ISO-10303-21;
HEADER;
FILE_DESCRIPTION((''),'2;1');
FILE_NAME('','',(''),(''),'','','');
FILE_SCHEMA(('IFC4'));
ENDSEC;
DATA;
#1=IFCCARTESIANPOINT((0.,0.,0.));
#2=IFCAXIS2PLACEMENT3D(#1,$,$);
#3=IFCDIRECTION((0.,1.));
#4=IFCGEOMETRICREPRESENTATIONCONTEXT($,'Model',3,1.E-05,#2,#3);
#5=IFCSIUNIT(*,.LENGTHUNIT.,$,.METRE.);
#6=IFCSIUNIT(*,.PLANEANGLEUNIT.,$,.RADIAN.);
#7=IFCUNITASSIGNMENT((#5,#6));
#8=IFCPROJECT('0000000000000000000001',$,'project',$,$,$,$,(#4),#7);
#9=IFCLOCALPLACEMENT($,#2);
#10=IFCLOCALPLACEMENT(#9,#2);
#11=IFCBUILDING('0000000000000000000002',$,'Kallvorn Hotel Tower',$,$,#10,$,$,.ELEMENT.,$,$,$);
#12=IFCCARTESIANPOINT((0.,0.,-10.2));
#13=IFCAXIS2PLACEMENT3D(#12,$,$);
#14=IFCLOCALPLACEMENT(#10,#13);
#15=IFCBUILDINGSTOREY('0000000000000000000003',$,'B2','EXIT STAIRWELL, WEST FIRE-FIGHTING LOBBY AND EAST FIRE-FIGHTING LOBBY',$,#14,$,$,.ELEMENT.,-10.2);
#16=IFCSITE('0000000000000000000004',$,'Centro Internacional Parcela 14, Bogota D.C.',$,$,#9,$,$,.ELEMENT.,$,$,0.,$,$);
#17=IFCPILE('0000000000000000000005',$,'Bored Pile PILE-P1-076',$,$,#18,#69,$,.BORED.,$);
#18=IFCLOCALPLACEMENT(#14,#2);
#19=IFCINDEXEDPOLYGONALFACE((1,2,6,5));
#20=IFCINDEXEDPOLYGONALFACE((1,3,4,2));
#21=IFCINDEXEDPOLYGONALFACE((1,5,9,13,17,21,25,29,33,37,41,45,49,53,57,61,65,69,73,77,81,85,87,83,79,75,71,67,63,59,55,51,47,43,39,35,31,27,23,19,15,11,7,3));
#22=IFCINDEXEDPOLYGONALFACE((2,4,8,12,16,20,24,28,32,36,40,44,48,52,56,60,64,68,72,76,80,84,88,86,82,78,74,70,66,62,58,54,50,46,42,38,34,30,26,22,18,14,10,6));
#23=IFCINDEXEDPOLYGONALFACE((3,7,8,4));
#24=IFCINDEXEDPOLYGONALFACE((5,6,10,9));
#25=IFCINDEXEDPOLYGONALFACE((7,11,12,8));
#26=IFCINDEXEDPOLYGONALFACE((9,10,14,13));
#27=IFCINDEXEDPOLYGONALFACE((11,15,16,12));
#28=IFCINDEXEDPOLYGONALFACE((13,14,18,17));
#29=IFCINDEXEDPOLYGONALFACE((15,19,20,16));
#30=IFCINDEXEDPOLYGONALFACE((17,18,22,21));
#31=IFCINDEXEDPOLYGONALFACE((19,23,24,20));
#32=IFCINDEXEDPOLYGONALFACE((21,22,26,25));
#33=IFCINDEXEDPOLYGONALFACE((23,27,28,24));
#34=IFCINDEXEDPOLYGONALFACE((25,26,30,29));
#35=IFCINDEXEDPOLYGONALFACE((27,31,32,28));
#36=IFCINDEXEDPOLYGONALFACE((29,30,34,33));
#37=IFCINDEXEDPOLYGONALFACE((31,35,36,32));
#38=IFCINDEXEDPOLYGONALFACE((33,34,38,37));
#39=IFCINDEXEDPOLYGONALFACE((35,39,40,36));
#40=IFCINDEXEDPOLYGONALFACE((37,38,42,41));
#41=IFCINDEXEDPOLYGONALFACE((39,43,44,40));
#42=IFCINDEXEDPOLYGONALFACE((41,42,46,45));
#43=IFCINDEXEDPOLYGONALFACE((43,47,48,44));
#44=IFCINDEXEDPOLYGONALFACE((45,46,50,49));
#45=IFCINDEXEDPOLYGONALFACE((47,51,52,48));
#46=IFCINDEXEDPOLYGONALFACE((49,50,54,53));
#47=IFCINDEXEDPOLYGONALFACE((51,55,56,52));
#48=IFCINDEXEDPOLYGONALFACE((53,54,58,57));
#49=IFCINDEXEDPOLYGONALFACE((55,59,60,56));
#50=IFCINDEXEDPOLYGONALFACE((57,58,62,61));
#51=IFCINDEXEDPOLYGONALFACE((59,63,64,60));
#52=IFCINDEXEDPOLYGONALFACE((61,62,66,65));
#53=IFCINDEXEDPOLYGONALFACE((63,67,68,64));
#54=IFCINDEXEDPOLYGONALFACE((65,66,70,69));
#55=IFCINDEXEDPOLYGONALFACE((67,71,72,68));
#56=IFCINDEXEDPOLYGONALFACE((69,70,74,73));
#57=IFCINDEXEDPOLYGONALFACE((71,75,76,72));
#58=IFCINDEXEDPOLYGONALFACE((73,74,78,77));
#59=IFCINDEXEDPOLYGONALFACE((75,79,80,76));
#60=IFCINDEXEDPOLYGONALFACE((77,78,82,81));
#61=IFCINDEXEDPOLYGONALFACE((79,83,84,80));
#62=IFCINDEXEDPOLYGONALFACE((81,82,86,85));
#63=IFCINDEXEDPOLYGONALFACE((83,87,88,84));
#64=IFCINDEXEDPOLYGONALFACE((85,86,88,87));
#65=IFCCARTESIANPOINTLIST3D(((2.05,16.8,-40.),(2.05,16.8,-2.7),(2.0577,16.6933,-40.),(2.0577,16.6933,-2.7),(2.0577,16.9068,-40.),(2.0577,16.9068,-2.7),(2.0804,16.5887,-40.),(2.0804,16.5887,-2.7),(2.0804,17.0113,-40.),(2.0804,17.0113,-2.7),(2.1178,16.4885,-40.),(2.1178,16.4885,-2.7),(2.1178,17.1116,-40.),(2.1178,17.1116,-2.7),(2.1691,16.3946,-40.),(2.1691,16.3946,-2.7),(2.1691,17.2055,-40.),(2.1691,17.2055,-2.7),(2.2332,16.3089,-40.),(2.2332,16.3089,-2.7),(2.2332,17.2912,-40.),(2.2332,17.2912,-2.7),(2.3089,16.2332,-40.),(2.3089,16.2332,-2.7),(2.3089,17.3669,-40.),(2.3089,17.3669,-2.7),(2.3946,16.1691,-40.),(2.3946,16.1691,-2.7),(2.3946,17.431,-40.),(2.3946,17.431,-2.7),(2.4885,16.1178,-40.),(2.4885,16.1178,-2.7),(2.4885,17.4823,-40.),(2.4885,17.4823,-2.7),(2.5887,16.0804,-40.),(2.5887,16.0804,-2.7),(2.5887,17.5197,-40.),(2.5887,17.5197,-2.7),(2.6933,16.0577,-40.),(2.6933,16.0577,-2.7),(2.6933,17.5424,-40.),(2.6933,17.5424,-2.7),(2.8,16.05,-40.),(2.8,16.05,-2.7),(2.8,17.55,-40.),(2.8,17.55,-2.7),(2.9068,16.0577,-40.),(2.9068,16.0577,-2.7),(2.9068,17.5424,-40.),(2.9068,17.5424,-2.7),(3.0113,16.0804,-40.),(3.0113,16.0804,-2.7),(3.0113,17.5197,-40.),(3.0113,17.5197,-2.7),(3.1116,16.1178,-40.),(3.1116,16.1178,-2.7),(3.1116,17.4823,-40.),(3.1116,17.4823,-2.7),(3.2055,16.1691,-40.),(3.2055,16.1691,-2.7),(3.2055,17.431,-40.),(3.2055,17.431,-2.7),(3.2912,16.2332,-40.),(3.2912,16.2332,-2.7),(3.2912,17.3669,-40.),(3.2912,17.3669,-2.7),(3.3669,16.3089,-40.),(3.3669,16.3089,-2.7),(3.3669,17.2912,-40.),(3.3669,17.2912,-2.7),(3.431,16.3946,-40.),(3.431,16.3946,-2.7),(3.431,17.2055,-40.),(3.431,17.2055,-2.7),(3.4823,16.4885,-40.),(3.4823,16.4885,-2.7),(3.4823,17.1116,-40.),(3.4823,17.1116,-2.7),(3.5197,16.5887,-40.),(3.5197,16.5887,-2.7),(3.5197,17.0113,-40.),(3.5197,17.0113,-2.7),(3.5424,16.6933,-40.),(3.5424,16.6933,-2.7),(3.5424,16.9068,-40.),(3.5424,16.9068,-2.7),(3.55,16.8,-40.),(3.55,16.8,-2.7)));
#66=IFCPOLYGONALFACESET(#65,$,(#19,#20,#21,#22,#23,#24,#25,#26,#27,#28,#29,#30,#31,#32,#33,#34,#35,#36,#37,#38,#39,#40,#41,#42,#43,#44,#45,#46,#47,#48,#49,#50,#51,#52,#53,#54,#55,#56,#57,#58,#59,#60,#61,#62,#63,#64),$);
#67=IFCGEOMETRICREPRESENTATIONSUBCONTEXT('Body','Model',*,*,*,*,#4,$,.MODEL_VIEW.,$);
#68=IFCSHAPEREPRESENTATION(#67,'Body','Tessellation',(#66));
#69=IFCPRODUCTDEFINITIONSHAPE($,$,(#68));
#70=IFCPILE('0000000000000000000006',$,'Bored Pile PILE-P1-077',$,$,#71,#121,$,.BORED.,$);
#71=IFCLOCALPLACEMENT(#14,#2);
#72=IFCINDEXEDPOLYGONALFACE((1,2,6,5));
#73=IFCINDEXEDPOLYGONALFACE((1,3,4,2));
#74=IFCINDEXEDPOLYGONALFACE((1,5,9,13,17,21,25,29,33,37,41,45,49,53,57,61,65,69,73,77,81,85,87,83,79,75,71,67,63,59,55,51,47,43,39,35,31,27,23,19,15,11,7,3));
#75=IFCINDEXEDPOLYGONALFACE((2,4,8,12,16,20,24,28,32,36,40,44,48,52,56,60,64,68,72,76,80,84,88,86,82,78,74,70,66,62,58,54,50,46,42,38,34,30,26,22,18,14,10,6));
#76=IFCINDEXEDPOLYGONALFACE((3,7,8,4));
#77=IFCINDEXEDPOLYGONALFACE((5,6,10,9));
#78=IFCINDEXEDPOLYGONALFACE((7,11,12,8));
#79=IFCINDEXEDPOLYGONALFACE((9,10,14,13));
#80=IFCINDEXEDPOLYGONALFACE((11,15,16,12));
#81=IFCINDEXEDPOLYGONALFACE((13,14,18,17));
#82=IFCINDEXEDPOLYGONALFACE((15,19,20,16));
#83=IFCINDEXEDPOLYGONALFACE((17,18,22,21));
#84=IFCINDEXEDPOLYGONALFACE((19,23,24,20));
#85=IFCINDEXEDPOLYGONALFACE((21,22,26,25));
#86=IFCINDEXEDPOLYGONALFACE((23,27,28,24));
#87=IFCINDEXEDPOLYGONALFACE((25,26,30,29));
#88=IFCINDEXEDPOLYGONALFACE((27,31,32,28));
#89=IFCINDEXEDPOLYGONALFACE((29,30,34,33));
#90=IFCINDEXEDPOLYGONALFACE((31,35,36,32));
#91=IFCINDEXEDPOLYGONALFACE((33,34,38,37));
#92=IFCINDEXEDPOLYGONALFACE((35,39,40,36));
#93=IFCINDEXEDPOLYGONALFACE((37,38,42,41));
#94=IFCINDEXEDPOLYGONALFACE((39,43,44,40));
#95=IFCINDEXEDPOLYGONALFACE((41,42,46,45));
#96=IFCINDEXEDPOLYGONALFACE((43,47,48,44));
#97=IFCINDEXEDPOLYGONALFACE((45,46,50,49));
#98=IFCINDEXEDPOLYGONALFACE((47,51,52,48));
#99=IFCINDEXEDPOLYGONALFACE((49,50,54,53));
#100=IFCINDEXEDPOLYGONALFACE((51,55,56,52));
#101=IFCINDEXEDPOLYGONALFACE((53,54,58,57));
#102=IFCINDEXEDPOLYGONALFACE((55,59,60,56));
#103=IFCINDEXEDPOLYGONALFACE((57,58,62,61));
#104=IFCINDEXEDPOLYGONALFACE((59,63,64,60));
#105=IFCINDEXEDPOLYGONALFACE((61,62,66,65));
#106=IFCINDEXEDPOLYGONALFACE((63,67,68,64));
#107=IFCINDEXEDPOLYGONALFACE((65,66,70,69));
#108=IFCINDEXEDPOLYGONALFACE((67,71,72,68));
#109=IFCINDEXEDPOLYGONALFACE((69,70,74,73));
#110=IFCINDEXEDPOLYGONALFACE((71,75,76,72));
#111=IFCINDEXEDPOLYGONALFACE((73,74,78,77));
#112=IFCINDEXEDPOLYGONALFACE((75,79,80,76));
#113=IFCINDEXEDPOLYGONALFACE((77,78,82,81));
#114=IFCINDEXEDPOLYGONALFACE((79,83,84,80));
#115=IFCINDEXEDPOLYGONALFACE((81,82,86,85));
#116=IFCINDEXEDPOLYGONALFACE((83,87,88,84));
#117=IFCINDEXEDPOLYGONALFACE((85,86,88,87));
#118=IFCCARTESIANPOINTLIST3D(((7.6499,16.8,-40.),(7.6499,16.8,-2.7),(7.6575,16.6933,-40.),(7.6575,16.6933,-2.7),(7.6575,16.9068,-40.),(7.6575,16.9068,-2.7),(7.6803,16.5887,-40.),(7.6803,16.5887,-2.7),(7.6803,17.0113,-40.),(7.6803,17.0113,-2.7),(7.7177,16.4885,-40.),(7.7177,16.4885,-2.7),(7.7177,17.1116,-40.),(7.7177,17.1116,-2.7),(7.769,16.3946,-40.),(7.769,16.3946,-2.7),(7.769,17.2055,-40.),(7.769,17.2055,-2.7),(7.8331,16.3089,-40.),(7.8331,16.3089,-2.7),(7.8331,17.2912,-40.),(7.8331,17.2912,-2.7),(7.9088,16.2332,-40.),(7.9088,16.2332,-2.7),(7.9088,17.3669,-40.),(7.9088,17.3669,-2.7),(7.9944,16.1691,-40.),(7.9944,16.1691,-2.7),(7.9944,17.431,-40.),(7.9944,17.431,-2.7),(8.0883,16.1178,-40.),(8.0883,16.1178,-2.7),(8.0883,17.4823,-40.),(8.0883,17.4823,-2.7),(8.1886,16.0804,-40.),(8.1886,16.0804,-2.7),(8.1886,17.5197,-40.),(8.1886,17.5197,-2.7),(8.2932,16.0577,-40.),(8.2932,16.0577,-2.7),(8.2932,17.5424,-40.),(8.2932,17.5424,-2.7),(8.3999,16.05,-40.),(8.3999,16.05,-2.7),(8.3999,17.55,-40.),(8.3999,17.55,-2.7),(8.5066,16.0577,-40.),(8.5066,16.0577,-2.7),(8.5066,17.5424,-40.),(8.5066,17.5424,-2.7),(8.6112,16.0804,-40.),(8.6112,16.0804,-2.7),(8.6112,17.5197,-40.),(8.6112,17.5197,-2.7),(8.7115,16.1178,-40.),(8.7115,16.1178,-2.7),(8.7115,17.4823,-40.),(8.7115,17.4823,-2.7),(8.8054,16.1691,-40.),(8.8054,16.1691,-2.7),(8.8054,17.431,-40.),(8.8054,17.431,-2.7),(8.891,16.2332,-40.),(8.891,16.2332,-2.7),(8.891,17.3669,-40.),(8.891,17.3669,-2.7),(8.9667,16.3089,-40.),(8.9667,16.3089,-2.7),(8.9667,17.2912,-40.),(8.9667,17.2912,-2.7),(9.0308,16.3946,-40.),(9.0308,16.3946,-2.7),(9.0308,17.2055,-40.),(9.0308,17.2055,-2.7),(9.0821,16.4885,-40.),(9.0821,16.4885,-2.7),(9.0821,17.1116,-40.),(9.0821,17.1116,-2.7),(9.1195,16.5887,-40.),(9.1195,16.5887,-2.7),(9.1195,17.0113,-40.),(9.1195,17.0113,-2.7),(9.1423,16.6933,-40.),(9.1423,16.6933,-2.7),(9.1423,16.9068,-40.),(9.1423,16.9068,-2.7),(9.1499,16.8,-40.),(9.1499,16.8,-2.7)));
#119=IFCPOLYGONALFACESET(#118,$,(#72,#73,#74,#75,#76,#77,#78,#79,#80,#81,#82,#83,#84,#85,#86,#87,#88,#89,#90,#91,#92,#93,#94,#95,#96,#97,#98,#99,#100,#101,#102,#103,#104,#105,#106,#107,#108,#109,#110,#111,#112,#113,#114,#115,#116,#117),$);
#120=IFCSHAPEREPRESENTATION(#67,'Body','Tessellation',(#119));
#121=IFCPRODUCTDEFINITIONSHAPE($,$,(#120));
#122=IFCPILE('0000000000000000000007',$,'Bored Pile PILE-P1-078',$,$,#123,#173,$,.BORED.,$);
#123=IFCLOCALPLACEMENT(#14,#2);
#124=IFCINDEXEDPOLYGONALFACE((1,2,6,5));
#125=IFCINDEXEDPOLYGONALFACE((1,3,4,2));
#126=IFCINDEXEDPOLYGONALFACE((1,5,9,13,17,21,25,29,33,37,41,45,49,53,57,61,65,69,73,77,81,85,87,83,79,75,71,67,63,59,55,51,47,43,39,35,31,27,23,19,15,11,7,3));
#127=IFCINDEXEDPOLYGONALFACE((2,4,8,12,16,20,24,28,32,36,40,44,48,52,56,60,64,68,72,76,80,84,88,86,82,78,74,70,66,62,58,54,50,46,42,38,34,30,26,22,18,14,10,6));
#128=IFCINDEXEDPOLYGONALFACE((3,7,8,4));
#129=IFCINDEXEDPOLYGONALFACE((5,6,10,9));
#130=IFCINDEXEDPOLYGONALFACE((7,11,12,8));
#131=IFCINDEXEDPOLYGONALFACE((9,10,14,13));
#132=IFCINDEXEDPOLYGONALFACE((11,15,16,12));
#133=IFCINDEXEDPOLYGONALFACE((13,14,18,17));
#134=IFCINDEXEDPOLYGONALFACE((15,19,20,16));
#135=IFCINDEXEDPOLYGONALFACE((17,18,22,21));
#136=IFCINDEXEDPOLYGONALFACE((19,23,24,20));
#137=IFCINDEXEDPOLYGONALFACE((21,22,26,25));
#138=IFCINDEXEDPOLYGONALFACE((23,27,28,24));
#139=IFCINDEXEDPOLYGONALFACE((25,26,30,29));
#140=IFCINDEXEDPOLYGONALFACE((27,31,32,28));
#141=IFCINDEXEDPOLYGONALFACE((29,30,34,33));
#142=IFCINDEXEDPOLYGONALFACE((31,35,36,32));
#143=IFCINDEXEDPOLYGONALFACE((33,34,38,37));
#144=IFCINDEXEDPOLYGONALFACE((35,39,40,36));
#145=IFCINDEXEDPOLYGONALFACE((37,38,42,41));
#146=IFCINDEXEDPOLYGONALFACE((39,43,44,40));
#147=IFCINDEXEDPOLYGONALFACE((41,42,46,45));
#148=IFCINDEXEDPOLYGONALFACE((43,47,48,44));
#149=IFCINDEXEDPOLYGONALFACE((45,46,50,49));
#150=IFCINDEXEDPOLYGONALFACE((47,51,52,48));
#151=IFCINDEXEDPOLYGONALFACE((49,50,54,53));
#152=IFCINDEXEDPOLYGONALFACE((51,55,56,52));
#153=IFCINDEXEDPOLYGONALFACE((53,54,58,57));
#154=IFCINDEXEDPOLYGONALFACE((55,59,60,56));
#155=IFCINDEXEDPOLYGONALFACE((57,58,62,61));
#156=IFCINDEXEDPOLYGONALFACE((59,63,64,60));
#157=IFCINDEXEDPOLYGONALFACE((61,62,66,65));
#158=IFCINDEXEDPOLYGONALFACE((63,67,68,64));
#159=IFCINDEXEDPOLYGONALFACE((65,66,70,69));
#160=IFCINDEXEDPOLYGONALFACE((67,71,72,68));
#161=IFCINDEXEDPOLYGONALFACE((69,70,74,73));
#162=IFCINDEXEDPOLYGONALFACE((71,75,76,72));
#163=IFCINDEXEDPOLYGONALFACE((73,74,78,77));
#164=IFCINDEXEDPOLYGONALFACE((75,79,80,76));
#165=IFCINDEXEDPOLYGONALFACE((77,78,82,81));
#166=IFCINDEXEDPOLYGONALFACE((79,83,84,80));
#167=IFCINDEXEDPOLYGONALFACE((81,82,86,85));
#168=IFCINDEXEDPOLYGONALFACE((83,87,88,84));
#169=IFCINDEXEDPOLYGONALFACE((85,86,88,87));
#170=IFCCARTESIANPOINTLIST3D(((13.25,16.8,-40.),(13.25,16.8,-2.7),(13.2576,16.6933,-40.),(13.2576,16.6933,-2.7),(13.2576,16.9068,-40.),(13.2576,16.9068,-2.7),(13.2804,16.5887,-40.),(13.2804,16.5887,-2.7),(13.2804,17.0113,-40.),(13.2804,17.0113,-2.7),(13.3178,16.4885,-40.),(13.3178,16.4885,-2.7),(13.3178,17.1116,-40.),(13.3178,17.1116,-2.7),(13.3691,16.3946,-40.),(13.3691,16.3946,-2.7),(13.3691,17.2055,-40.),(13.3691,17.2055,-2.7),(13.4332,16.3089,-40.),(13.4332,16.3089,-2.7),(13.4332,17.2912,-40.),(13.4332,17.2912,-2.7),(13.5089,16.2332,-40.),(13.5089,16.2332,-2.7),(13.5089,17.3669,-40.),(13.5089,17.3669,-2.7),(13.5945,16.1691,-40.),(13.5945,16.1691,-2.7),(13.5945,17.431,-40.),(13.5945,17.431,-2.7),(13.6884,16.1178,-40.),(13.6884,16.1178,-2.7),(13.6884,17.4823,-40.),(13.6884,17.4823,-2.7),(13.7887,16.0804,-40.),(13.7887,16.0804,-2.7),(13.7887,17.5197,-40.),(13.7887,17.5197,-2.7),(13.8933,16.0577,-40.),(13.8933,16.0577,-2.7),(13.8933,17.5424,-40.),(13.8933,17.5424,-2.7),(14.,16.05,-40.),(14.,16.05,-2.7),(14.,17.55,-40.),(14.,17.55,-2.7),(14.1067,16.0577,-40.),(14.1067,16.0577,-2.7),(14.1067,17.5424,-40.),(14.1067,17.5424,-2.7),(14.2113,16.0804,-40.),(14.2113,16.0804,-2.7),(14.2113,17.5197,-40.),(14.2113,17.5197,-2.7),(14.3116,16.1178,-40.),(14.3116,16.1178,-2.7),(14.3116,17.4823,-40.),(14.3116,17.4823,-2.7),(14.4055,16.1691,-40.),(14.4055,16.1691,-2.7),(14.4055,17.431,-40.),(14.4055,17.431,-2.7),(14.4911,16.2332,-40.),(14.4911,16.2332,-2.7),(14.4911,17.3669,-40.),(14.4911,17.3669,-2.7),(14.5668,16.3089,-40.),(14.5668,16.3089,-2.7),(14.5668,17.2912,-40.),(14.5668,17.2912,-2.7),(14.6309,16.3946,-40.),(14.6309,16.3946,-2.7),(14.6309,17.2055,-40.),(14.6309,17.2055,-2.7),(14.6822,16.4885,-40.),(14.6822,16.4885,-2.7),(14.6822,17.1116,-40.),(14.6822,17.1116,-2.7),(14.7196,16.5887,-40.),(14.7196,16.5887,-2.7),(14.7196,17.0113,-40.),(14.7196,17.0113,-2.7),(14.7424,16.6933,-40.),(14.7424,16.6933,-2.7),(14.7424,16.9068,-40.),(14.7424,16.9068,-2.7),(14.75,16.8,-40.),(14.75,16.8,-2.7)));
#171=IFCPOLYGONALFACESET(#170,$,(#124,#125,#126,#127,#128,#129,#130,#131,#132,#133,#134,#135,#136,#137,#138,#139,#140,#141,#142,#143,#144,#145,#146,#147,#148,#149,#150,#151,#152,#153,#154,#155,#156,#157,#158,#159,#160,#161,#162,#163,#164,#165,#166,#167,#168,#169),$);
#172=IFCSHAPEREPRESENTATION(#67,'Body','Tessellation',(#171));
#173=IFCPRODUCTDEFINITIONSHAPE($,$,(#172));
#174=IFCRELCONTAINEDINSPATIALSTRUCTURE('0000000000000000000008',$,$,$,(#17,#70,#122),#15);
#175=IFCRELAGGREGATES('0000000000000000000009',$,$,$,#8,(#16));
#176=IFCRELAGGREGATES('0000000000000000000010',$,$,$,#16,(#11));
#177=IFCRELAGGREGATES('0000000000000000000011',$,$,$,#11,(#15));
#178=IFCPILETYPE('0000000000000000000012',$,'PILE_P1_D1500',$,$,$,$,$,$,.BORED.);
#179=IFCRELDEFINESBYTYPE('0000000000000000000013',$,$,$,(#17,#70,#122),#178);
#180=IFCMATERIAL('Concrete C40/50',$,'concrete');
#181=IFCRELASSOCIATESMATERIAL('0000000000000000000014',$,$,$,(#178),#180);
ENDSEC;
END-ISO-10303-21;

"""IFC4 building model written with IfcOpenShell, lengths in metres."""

from ifc_helpers import new_model, si_unit, direction, frame, origin, origin_2d, place, context, subcontext, project, spatial, circle, extrude, material, material_profile, profile_set, type_object, element, save


model = new_model("IFC4")

# Units and contexts
model_context = context("Model", 3, precision=1e-05, world=origin(), true_north=direction((0.0, 1.0)))
body_context = subcontext(model_context, "Body", "Model", "MODEL_VIEW")
ifc_project = project(units=[si_unit("LENGTHUNIT", "METRE"), si_unit("PLANEANGLEUNIT", "RADIAN")], contexts=[model_context])

# Site, building, storey
site_placement = place(None, origin())
site = spatial("IfcSite", under=ifc_project, at=site_placement, Name="Centro Internacional Parcela 14, Bogota D.C.", CompositionType="ELEMENT", RefElevation=0.0)
building_placement = place(site_placement, origin())
building = spatial("IfcBuilding", under=site, at=building_placement, Name="Kallvorn Hotel Tower", CompositionType="ELEMENT")
storey_placement = place(building_placement, frame((0.0, 0.0, -10.2)))
storey = spatial("IfcBuildingStorey", under=building, at=storey_placement, Name="B2", Description="EXIT STAIRWELL, WEST FIRE-FIGHTING LOBBY AND EAST FIRE-FIGHTING LOBBY", CompositionType="ELEMENT", Elevation=-10.2)

# Piles
ifc_material_1 = material(Name="Concrete C40/50", Category="concrete")
ifc_material_profile_1 = material_profile(ifc_material_1, circle(Radius=0.75, at=origin_2d()), Name="PILE D1500")
ifc_profile_set_1 = profile_set([ifc_material_profile_1], Name="Concrete C40/50")
pile_type = type_object("IfcPileType", Name="PILE_P1_D1500", PredefinedType="BORED", material=ifc_profile_set_1)
for number, where, z_axis, x_axis, name in (
    (1, (2.8, 16.8, -2.7), (0.0, 0.0, -1.0), (1.0, 0.0, 0.0), "Bored Pile PILE-P1-076"),
    (2, (8.3999, 16.8, -2.7), (0.0, 0.0, -1.0), (1.0, 0.0, 0.0), "Bored Pile PILE-P1-077"),
    (3, (14.0, 16.8, -2.7), (0.0, 0.0, -1.0), (1.0, 0.0, 0.0), "Bored Pile PILE-P1-078"),
):
    element("IfcPile", number, at=place(storey_placement, frame(where, z_axis=z_axis, x_axis=x_axis)), inside=storey, type_object=pile_type, Name=name, PredefinedType="BORED", context=body_context, shape_type="SweptSolid", body=[
        extrude(circle(Radius=0.75, at=origin_2d()), origin(), (0.0, 0.0, 1.0), 37.3),
    ])

save(model, "model.ifc")
